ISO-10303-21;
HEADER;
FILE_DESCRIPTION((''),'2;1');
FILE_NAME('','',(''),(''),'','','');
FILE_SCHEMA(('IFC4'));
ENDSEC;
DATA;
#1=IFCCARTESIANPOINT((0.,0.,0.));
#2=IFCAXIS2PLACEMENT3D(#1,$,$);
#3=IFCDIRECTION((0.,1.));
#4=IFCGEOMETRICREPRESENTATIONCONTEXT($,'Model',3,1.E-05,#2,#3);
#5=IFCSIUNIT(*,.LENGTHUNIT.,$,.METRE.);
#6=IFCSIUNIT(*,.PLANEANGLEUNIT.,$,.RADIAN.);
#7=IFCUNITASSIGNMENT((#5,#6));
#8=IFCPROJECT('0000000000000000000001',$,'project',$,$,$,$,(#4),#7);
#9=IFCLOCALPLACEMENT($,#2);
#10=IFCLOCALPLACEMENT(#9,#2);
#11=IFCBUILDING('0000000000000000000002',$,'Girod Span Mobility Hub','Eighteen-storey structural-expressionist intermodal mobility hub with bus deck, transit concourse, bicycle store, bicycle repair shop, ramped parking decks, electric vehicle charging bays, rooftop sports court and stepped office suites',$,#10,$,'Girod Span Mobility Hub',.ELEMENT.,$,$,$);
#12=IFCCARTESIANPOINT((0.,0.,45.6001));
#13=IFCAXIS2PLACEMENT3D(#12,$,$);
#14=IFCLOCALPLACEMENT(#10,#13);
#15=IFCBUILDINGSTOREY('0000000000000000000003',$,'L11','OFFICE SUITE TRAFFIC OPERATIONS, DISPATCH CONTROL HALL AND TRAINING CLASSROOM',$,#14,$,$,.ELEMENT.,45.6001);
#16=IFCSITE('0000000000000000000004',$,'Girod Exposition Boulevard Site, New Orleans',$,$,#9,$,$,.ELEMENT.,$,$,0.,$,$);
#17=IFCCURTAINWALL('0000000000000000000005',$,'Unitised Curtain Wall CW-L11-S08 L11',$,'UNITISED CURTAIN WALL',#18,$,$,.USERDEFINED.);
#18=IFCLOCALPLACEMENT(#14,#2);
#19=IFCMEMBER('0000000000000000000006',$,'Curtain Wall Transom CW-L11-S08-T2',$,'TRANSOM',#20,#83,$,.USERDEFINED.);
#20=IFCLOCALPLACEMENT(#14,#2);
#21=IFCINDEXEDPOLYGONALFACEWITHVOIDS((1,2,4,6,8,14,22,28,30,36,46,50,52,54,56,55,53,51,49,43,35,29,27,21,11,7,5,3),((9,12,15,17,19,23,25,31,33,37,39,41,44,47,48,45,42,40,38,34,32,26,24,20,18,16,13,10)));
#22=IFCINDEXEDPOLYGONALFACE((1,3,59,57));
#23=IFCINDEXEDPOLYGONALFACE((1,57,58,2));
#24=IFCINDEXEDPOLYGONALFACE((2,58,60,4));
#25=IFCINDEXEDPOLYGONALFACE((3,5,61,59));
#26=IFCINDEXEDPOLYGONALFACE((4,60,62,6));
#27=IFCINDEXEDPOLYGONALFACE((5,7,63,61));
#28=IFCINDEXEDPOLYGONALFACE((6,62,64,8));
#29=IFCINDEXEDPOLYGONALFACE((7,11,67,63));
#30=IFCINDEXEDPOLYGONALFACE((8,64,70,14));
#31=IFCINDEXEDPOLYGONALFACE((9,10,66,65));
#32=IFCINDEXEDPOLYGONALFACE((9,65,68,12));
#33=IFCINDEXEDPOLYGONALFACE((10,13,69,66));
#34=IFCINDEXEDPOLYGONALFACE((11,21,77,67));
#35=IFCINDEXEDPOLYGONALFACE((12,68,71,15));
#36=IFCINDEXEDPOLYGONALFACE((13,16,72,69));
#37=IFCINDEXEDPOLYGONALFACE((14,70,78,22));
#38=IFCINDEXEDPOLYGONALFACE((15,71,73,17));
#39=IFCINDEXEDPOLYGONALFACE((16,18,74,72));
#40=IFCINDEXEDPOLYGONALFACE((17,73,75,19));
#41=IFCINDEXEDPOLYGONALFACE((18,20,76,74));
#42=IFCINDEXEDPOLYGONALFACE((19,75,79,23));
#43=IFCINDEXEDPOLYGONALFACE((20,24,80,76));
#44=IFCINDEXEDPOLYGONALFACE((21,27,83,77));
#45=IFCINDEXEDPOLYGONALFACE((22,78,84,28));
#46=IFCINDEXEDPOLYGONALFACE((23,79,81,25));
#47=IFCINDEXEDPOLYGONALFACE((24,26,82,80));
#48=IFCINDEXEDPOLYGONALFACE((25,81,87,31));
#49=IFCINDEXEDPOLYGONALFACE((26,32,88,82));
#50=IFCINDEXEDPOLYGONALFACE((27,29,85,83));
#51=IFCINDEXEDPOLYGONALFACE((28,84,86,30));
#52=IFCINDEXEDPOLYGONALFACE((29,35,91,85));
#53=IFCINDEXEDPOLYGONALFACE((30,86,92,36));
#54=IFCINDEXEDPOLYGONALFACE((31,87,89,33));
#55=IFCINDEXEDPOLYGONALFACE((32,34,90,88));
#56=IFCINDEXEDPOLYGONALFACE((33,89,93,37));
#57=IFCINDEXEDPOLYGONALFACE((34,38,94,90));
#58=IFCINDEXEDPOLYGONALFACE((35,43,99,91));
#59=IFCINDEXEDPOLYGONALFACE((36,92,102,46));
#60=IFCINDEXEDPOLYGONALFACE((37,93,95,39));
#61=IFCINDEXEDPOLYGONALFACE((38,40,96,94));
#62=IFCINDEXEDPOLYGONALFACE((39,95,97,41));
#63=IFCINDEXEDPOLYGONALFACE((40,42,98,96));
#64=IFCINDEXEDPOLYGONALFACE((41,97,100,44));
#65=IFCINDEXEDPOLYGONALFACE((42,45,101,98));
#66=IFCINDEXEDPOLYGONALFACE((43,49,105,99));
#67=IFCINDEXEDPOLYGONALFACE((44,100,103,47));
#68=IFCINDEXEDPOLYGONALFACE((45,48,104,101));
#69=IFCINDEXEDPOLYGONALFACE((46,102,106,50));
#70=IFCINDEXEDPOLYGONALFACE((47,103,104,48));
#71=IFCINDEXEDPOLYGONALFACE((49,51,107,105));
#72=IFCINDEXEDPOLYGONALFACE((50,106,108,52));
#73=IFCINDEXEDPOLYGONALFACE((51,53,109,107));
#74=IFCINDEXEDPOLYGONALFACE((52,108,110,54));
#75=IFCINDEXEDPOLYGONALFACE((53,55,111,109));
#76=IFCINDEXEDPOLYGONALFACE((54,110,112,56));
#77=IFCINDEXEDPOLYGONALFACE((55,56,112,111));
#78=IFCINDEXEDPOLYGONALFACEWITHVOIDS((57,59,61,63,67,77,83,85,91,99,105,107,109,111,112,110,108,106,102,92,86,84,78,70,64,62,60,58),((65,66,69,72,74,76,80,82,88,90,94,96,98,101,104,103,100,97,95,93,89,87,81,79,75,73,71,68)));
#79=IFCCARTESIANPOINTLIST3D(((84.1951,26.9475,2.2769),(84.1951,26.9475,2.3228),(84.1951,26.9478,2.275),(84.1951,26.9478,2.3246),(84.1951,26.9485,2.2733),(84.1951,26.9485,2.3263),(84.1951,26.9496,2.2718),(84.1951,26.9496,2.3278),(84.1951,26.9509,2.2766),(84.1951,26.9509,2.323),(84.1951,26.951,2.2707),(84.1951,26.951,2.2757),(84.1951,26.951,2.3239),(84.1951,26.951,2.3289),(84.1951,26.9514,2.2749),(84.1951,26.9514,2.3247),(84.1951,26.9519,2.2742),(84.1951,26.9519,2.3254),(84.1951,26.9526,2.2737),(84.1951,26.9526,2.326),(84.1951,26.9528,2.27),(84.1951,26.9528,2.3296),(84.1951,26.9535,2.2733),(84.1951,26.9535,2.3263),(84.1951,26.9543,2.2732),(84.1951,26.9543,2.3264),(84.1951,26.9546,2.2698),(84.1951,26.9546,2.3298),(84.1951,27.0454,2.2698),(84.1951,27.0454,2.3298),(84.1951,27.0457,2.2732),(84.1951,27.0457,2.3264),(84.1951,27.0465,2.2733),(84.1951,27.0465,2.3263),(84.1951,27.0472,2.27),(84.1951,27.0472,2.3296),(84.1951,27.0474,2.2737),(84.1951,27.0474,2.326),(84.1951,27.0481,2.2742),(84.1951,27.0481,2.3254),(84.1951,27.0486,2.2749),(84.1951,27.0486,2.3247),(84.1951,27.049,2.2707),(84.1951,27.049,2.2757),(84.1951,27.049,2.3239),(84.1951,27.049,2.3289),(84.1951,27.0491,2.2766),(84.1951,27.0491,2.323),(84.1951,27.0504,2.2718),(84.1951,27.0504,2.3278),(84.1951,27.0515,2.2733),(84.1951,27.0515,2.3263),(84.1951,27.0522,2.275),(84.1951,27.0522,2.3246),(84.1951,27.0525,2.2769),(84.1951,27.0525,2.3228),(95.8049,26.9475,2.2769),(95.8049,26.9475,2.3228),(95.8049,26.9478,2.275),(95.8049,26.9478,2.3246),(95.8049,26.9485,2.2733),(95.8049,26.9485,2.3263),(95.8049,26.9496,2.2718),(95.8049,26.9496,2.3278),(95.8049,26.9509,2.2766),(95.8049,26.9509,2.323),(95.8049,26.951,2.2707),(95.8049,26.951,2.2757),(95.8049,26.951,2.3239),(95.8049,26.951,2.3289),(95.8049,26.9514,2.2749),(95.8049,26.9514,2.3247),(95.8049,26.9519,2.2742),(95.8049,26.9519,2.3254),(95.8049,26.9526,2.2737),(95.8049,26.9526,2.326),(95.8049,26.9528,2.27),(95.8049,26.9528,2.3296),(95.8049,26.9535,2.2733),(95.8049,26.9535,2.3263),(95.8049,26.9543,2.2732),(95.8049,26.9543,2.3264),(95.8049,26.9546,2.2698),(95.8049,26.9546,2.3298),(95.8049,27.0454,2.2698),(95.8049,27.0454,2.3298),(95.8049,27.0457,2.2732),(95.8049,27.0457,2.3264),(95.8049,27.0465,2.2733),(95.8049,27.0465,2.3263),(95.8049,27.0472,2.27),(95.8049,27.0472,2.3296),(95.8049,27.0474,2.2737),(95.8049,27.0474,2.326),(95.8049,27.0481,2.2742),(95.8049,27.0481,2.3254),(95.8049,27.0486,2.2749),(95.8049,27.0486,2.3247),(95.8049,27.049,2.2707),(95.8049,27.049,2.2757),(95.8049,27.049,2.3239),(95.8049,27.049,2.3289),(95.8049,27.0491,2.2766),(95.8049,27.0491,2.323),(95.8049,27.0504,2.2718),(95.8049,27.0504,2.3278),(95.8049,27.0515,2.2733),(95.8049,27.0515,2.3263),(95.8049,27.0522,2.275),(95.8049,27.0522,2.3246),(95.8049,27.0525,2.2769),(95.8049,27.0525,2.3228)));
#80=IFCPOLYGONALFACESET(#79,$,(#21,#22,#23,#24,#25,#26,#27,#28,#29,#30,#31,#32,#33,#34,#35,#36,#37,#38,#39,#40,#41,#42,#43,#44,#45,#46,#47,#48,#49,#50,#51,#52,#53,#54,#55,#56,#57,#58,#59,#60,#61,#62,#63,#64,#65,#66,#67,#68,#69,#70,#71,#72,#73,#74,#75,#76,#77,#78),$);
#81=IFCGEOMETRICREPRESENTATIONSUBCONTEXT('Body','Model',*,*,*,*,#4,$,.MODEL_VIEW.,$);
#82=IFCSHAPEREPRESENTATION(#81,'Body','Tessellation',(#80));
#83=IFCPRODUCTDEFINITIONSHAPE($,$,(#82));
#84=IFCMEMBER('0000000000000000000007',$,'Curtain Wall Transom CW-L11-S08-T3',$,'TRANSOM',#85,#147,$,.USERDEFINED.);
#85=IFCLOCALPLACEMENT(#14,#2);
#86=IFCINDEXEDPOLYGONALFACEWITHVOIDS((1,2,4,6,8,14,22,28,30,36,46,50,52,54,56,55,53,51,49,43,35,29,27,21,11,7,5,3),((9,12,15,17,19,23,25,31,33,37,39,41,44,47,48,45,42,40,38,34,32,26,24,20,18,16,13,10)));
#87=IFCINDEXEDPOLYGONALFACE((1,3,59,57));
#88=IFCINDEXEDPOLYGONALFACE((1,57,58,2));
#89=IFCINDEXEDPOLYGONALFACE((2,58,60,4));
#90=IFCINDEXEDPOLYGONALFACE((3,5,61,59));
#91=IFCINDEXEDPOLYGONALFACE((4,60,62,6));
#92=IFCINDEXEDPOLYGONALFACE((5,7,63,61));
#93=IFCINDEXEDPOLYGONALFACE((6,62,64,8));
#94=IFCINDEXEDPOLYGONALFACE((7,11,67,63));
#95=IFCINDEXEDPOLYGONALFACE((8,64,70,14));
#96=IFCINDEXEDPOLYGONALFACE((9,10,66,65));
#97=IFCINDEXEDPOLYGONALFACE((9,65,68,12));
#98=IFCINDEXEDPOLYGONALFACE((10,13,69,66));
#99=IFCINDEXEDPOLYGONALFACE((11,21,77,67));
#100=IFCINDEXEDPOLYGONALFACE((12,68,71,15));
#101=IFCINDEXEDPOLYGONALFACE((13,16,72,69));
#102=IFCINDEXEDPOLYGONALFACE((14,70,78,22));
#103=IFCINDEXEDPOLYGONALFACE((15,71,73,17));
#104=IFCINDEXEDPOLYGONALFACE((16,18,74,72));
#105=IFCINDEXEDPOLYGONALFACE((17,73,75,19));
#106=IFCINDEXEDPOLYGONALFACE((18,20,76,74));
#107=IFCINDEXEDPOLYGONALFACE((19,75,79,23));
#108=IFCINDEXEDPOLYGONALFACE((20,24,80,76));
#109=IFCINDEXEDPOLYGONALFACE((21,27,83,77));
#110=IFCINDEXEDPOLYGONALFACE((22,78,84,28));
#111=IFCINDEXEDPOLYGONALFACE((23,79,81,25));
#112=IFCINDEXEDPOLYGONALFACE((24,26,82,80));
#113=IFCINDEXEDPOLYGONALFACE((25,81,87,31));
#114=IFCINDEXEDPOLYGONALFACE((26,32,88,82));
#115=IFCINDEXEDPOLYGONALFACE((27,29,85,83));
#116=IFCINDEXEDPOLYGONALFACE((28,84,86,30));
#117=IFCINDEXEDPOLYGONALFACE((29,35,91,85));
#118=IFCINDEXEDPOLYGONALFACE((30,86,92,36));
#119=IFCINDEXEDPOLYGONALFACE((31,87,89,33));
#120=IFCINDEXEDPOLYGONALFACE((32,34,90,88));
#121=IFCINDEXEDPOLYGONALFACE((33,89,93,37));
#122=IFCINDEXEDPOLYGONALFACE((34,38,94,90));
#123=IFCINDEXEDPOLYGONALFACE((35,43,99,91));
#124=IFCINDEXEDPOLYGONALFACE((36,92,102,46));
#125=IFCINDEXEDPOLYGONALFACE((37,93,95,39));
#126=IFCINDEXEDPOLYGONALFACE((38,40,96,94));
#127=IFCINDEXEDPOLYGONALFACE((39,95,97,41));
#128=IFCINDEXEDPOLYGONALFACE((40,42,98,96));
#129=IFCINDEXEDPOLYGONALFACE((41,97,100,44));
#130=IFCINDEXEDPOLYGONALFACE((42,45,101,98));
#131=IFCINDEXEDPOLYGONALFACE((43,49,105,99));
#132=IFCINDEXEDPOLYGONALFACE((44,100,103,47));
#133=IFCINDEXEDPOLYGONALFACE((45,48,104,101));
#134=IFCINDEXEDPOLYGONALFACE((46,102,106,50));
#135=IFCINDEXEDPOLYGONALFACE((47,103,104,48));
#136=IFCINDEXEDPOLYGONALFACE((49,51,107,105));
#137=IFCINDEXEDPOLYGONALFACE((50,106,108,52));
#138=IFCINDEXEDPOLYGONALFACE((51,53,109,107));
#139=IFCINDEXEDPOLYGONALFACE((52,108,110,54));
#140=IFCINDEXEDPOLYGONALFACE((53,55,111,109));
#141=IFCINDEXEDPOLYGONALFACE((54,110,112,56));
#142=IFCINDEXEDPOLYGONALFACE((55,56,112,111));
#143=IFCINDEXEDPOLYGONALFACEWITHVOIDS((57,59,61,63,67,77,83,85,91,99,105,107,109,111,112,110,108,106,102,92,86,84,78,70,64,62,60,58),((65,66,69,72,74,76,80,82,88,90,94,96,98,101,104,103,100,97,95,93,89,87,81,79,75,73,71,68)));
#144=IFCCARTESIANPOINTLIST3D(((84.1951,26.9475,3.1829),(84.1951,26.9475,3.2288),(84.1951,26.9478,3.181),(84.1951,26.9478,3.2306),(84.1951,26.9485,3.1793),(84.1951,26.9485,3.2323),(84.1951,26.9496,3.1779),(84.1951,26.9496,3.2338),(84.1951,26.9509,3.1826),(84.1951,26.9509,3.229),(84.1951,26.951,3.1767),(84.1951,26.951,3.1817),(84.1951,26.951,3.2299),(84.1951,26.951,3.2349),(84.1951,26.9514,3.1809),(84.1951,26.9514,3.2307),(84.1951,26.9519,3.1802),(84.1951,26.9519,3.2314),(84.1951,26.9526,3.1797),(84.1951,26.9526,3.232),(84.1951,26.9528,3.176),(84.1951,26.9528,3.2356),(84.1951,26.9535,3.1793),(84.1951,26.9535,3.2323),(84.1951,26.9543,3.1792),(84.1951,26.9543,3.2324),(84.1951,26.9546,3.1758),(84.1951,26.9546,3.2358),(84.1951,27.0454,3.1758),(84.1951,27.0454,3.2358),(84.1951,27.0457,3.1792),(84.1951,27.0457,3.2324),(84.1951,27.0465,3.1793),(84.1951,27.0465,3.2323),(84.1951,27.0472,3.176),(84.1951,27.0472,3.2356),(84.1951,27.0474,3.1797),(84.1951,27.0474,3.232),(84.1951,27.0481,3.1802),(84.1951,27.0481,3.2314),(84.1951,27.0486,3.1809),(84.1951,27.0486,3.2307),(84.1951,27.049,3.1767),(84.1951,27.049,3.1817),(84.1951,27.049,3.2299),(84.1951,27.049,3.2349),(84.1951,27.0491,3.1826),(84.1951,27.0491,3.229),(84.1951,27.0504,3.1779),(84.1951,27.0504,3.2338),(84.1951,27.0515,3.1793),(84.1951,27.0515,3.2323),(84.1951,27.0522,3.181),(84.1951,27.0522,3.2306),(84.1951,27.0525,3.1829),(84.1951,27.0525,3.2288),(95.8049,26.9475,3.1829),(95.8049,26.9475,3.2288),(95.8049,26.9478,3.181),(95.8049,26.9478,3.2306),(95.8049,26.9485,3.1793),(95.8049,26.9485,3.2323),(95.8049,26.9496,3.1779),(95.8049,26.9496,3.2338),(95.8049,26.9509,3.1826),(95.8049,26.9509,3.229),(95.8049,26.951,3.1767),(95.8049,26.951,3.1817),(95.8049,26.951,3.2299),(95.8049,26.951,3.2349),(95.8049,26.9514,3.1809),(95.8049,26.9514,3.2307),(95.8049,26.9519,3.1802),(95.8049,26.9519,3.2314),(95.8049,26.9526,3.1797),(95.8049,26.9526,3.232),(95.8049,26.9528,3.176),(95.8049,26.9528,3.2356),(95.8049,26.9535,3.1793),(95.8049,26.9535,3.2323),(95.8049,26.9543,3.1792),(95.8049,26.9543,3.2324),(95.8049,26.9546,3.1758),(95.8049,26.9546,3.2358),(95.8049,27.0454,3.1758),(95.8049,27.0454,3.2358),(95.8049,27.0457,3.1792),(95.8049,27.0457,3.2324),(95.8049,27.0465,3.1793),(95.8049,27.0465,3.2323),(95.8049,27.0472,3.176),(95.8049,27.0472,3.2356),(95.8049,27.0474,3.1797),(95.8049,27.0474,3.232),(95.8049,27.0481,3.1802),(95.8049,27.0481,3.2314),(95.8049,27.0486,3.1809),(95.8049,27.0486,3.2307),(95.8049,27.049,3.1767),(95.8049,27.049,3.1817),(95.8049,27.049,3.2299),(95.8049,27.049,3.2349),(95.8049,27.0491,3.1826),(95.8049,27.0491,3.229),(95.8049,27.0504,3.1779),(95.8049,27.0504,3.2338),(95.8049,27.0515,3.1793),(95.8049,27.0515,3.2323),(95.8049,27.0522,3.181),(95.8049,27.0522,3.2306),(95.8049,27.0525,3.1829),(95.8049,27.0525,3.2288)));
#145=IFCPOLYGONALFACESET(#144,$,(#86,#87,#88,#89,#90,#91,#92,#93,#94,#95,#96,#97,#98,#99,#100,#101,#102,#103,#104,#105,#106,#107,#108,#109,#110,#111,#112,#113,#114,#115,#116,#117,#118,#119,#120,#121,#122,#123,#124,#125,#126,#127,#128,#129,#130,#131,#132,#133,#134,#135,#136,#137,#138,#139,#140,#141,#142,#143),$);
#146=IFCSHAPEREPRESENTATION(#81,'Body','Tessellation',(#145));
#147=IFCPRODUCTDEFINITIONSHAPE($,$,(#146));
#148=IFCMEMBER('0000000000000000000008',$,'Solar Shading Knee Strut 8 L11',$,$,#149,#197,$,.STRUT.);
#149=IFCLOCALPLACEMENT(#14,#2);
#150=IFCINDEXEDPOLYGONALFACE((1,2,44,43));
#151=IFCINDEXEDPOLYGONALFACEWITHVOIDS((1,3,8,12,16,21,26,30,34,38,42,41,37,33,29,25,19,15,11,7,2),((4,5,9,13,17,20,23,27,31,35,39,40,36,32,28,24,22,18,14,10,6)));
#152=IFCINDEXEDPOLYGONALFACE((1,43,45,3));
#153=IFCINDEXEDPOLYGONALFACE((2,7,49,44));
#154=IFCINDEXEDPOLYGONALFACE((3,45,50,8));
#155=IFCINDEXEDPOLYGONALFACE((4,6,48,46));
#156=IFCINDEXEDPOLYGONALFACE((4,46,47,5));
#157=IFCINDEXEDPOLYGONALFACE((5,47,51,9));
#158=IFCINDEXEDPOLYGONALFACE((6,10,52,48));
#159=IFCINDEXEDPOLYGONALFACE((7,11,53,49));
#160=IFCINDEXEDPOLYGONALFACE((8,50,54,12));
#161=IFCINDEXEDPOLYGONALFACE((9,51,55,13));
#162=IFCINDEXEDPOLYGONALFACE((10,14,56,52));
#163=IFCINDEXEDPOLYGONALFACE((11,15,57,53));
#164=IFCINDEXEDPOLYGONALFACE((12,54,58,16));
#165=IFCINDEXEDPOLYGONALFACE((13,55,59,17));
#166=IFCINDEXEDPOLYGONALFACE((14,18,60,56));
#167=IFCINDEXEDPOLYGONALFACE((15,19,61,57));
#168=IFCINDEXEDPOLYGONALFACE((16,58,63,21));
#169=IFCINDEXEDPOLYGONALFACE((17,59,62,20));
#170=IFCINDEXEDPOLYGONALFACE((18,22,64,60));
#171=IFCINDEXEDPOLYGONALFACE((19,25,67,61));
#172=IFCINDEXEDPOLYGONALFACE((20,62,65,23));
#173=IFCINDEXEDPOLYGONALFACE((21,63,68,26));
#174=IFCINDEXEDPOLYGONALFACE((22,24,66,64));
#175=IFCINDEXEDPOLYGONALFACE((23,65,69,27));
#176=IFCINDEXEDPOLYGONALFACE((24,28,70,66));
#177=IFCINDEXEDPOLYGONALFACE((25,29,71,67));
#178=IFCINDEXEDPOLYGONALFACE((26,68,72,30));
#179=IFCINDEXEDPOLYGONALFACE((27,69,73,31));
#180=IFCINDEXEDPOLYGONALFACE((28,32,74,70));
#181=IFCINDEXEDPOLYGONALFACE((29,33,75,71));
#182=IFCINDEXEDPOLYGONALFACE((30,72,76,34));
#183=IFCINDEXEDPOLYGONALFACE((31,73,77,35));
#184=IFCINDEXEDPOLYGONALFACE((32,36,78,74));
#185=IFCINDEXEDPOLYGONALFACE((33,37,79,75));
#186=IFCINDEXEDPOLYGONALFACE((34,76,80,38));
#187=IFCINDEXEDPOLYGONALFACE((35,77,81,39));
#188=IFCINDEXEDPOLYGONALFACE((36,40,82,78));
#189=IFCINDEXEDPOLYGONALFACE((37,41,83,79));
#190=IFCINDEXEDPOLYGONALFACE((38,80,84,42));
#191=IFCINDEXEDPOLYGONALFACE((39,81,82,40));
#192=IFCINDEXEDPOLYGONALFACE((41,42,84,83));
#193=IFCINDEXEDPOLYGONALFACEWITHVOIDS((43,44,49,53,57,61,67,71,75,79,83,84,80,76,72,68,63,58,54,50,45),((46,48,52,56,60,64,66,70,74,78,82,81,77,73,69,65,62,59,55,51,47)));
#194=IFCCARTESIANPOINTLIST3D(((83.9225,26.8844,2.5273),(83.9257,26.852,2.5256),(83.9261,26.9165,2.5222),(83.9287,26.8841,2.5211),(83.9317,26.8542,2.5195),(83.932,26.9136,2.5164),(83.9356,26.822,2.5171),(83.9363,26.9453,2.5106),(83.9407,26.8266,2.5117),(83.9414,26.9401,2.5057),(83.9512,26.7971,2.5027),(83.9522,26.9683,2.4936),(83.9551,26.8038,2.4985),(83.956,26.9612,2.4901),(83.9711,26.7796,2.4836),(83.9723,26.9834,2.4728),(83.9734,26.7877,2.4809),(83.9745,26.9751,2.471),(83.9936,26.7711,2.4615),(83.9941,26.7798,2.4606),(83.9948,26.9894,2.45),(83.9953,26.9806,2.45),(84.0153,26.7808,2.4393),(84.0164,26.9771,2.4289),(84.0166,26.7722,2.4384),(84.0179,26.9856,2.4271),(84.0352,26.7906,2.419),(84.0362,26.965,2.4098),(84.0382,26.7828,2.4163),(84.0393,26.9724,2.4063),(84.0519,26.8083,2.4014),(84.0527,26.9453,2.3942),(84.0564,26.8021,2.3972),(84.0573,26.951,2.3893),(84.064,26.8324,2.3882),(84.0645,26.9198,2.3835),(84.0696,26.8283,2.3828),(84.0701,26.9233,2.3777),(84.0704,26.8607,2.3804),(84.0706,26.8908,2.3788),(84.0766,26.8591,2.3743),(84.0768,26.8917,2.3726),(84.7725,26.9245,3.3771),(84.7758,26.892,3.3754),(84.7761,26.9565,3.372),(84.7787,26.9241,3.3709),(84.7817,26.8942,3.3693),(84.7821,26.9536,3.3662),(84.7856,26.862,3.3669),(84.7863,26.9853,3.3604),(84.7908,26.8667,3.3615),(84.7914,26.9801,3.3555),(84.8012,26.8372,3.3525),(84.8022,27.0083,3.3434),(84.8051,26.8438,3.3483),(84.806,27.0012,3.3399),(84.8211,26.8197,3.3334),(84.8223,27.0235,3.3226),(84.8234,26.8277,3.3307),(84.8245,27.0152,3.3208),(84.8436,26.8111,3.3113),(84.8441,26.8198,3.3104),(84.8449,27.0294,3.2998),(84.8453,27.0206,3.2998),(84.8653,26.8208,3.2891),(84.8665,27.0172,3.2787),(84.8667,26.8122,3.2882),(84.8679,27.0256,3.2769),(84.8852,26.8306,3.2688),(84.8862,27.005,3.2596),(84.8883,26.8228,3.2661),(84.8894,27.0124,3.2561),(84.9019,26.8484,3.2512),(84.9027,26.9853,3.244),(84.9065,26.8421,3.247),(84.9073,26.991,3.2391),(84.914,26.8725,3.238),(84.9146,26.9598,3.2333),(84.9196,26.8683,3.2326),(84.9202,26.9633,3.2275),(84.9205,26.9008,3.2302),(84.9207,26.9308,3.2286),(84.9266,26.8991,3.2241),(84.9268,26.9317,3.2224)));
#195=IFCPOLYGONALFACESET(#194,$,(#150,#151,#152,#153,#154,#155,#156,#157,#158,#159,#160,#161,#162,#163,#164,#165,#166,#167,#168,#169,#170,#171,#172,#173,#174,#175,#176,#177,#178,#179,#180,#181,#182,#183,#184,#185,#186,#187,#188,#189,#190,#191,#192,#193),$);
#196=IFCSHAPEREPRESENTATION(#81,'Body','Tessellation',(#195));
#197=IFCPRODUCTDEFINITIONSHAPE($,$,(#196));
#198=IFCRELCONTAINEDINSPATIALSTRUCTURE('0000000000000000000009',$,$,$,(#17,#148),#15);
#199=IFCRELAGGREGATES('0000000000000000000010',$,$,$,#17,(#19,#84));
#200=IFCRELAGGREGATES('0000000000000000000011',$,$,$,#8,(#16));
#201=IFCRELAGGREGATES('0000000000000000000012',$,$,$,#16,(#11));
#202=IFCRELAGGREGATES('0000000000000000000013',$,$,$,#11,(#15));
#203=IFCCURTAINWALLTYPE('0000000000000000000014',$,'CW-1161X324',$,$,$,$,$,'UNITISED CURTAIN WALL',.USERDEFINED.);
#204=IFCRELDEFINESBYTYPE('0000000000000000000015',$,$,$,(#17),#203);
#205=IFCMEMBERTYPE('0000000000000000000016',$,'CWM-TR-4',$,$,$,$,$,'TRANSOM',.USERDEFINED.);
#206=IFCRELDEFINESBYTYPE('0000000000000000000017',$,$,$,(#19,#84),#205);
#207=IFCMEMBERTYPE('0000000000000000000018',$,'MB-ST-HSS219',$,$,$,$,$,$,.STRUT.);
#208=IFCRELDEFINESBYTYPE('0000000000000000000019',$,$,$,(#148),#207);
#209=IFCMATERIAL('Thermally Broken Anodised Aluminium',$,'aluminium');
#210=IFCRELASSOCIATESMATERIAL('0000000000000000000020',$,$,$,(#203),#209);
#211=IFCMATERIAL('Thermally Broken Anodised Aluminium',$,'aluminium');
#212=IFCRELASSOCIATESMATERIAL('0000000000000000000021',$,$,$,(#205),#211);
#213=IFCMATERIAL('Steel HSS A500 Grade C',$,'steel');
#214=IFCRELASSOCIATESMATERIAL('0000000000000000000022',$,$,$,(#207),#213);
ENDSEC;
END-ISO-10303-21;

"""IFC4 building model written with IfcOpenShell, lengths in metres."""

from ifc_helpers import new_model, si_unit, direction, frame, origin, origin_2d, place, context, subcontext, project, spatial, hollow_rectangle, hollow_circle, extrude, material, material_profile, profile_set, type_object, element, aggregate, save


model = new_model("IFC4")

# Units and contexts
model_context = context("Model", 3, precision=1e-05, world=origin(), true_north=direction((0.0, 1.0)))
body_context = subcontext(model_context, "Body", "Model", "MODEL_VIEW")
ifc_project = project(units=[si_unit("LENGTHUNIT", "METRE"), si_unit("PLANEANGLEUNIT", "RADIAN")], contexts=[model_context])

# Site, building, storey
site_placement = place(None, origin())
site = spatial("IfcSite", under=ifc_project, at=site_placement, Name="Girod Exposition Boulevard Site, New Orleans", CompositionType="ELEMENT", RefElevation=0.0)
building_placement = place(site_placement, origin())
building = spatial("IfcBuilding", under=site, at=building_placement, Name="Girod Span Mobility Hub", Description="Eighteen-storey structural-expressionist intermodal mobility hub with bus deck, transit concourse, bicycle store, bicycle repair shop, ramped parking decks, electric vehicle charging bays, rooftop sports court and stepped office suites", LongName="Girod Span Mobility Hub", CompositionType="ELEMENT")
storey_placement = place(building_placement, frame((0.0, 0.0, 45.6001)))
storey = spatial("IfcBuildingStorey", under=building, at=storey_placement, Name="L11", Description="OFFICE SUITE TRAFFIC OPERATIONS, DISPATCH CONTROL HALL AND TRAINING CLASSROOM", CompositionType="ELEMENT", Elevation=45.6001)

# Curtain wall, members
ifc_material_1 = material(Name="Thermally Broken Anodised Aluminium", Category="aluminium")
curtain_wall_type = type_object("IfcCurtainWallType", Name="CW-1161X324", ElementType="UNITISED CURTAIN WALL", PredefinedType="USERDEFINED", material=ifc_material_1)
curtain_wall_placement = place(storey_placement, origin())
curtain_wall = element("IfcCurtainWall", 1, at=curtain_wall_placement, inside=storey, type_object=curtain_wall_type, Name="Unitised Curtain Wall CW-L11-S08 L11", ObjectType="UNITISED CURTAIN WALL", PredefinedType="USERDEFINED")
ifc_material_2 = material(Name="Thermally Broken Anodised Aluminium", Category="aluminium")
ifc_material_profile_1 = material_profile(ifc_material_2, hollow_rectangle(XDim=0.105, YDim=0.0601, WallThickness=0.0034, InnerFilletRadius=0.0034, OuterFilletRadius=0.0071, at=origin_2d()), Name="CW-TR-60X105")
ifc_profile_set_1 = profile_set([ifc_material_profile_1], Name="Thermally Broken Anodised Aluminium")
member_type_1 = type_object("IfcMemberType", Name="CWM-TR-4", ElementType="TRANSOM", PredefinedType="USERDEFINED", material=ifc_profile_set_1)
member_1_placement = place(storey_placement, frame((84.1951, 27.0, 2.2998), z_axis=(1.0, 0.0, 0.0), x_axis=(0.0, 1.0, 0.0)))
member_1 = element("IfcMember", 2, at=member_1_placement, type_object=member_type_1, Name="Curtain Wall Transom CW-L11-S08-T2", ObjectType="TRANSOM", PredefinedType="USERDEFINED", context=body_context, shape_type="SweptSolid", body=[
    extrude(hollow_rectangle(XDim=0.105, YDim=0.0601, WallThickness=0.0034, InnerFilletRadius=0.0034, OuterFilletRadius=0.0071, at=origin_2d()), origin(), (0.0, 0.0, 1.0), 11.6099),
])
member_2_placement = place(storey_placement, frame((84.1951, 27.0, 3.2058), z_axis=(1.0, 0.0, 0.0), x_axis=(0.0, 1.0, 0.0)))
member_2 = element("IfcMember", 3, at=member_2_placement, type_object=member_type_1, Name="Curtain Wall Transom CW-L11-S08-T3", ObjectType="TRANSOM", PredefinedType="USERDEFINED", context=body_context, shape_type="SweptSolid", body=[
    extrude(hollow_rectangle(XDim=0.105, YDim=0.0601, WallThickness=0.0034, InnerFilletRadius=0.0034, OuterFilletRadius=0.0071, at=origin_2d()), origin(), (0.0, 0.0, 1.0), 11.6099),
])

# Member
ifc_material_3 = material(Name="Steel HSS A500 Grade C", Category="steel")
ifc_material_profile_2 = material_profile(ifc_material_3, hollow_circle(Radius=0.1096, WallThickness=0.0088, at=origin_2d()), Name="HSS219X9.5")
ifc_profile_set_2 = profile_set([ifc_material_profile_2], Name="Steel HSS A500 Grade C")
member_type_2 = type_object("IfcMemberType", Name="MB-ST-HSS219", PredefinedType="STRUT", material=ifc_profile_set_2)
for number, where, z_axis, x_axis, name in (
    (4, (84.0, 26.8799, 2.45), (0.706816, 0.033291, 0.706613), (-0.047047, 0.998893, 0.0), "Solar Shading Knee Strut 8 L11"),
):
    element("IfcMember", number, at=place(storey_placement, frame(where, z_axis=z_axis, x_axis=x_axis)), inside=storey, type_object=member_type_2, Name=name, PredefinedType="STRUT", context=body_context, shape_type="SweptSolid", body=[
        extrude(hollow_circle(Radius=0.1096, WallThickness=0.0088, at=origin_2d()), origin(), (0.0, 0.0, 1.0), 1.2026),
    ])

aggregate(curtain_wall, [member_1, member_2])

save(model, "model.ifc")
